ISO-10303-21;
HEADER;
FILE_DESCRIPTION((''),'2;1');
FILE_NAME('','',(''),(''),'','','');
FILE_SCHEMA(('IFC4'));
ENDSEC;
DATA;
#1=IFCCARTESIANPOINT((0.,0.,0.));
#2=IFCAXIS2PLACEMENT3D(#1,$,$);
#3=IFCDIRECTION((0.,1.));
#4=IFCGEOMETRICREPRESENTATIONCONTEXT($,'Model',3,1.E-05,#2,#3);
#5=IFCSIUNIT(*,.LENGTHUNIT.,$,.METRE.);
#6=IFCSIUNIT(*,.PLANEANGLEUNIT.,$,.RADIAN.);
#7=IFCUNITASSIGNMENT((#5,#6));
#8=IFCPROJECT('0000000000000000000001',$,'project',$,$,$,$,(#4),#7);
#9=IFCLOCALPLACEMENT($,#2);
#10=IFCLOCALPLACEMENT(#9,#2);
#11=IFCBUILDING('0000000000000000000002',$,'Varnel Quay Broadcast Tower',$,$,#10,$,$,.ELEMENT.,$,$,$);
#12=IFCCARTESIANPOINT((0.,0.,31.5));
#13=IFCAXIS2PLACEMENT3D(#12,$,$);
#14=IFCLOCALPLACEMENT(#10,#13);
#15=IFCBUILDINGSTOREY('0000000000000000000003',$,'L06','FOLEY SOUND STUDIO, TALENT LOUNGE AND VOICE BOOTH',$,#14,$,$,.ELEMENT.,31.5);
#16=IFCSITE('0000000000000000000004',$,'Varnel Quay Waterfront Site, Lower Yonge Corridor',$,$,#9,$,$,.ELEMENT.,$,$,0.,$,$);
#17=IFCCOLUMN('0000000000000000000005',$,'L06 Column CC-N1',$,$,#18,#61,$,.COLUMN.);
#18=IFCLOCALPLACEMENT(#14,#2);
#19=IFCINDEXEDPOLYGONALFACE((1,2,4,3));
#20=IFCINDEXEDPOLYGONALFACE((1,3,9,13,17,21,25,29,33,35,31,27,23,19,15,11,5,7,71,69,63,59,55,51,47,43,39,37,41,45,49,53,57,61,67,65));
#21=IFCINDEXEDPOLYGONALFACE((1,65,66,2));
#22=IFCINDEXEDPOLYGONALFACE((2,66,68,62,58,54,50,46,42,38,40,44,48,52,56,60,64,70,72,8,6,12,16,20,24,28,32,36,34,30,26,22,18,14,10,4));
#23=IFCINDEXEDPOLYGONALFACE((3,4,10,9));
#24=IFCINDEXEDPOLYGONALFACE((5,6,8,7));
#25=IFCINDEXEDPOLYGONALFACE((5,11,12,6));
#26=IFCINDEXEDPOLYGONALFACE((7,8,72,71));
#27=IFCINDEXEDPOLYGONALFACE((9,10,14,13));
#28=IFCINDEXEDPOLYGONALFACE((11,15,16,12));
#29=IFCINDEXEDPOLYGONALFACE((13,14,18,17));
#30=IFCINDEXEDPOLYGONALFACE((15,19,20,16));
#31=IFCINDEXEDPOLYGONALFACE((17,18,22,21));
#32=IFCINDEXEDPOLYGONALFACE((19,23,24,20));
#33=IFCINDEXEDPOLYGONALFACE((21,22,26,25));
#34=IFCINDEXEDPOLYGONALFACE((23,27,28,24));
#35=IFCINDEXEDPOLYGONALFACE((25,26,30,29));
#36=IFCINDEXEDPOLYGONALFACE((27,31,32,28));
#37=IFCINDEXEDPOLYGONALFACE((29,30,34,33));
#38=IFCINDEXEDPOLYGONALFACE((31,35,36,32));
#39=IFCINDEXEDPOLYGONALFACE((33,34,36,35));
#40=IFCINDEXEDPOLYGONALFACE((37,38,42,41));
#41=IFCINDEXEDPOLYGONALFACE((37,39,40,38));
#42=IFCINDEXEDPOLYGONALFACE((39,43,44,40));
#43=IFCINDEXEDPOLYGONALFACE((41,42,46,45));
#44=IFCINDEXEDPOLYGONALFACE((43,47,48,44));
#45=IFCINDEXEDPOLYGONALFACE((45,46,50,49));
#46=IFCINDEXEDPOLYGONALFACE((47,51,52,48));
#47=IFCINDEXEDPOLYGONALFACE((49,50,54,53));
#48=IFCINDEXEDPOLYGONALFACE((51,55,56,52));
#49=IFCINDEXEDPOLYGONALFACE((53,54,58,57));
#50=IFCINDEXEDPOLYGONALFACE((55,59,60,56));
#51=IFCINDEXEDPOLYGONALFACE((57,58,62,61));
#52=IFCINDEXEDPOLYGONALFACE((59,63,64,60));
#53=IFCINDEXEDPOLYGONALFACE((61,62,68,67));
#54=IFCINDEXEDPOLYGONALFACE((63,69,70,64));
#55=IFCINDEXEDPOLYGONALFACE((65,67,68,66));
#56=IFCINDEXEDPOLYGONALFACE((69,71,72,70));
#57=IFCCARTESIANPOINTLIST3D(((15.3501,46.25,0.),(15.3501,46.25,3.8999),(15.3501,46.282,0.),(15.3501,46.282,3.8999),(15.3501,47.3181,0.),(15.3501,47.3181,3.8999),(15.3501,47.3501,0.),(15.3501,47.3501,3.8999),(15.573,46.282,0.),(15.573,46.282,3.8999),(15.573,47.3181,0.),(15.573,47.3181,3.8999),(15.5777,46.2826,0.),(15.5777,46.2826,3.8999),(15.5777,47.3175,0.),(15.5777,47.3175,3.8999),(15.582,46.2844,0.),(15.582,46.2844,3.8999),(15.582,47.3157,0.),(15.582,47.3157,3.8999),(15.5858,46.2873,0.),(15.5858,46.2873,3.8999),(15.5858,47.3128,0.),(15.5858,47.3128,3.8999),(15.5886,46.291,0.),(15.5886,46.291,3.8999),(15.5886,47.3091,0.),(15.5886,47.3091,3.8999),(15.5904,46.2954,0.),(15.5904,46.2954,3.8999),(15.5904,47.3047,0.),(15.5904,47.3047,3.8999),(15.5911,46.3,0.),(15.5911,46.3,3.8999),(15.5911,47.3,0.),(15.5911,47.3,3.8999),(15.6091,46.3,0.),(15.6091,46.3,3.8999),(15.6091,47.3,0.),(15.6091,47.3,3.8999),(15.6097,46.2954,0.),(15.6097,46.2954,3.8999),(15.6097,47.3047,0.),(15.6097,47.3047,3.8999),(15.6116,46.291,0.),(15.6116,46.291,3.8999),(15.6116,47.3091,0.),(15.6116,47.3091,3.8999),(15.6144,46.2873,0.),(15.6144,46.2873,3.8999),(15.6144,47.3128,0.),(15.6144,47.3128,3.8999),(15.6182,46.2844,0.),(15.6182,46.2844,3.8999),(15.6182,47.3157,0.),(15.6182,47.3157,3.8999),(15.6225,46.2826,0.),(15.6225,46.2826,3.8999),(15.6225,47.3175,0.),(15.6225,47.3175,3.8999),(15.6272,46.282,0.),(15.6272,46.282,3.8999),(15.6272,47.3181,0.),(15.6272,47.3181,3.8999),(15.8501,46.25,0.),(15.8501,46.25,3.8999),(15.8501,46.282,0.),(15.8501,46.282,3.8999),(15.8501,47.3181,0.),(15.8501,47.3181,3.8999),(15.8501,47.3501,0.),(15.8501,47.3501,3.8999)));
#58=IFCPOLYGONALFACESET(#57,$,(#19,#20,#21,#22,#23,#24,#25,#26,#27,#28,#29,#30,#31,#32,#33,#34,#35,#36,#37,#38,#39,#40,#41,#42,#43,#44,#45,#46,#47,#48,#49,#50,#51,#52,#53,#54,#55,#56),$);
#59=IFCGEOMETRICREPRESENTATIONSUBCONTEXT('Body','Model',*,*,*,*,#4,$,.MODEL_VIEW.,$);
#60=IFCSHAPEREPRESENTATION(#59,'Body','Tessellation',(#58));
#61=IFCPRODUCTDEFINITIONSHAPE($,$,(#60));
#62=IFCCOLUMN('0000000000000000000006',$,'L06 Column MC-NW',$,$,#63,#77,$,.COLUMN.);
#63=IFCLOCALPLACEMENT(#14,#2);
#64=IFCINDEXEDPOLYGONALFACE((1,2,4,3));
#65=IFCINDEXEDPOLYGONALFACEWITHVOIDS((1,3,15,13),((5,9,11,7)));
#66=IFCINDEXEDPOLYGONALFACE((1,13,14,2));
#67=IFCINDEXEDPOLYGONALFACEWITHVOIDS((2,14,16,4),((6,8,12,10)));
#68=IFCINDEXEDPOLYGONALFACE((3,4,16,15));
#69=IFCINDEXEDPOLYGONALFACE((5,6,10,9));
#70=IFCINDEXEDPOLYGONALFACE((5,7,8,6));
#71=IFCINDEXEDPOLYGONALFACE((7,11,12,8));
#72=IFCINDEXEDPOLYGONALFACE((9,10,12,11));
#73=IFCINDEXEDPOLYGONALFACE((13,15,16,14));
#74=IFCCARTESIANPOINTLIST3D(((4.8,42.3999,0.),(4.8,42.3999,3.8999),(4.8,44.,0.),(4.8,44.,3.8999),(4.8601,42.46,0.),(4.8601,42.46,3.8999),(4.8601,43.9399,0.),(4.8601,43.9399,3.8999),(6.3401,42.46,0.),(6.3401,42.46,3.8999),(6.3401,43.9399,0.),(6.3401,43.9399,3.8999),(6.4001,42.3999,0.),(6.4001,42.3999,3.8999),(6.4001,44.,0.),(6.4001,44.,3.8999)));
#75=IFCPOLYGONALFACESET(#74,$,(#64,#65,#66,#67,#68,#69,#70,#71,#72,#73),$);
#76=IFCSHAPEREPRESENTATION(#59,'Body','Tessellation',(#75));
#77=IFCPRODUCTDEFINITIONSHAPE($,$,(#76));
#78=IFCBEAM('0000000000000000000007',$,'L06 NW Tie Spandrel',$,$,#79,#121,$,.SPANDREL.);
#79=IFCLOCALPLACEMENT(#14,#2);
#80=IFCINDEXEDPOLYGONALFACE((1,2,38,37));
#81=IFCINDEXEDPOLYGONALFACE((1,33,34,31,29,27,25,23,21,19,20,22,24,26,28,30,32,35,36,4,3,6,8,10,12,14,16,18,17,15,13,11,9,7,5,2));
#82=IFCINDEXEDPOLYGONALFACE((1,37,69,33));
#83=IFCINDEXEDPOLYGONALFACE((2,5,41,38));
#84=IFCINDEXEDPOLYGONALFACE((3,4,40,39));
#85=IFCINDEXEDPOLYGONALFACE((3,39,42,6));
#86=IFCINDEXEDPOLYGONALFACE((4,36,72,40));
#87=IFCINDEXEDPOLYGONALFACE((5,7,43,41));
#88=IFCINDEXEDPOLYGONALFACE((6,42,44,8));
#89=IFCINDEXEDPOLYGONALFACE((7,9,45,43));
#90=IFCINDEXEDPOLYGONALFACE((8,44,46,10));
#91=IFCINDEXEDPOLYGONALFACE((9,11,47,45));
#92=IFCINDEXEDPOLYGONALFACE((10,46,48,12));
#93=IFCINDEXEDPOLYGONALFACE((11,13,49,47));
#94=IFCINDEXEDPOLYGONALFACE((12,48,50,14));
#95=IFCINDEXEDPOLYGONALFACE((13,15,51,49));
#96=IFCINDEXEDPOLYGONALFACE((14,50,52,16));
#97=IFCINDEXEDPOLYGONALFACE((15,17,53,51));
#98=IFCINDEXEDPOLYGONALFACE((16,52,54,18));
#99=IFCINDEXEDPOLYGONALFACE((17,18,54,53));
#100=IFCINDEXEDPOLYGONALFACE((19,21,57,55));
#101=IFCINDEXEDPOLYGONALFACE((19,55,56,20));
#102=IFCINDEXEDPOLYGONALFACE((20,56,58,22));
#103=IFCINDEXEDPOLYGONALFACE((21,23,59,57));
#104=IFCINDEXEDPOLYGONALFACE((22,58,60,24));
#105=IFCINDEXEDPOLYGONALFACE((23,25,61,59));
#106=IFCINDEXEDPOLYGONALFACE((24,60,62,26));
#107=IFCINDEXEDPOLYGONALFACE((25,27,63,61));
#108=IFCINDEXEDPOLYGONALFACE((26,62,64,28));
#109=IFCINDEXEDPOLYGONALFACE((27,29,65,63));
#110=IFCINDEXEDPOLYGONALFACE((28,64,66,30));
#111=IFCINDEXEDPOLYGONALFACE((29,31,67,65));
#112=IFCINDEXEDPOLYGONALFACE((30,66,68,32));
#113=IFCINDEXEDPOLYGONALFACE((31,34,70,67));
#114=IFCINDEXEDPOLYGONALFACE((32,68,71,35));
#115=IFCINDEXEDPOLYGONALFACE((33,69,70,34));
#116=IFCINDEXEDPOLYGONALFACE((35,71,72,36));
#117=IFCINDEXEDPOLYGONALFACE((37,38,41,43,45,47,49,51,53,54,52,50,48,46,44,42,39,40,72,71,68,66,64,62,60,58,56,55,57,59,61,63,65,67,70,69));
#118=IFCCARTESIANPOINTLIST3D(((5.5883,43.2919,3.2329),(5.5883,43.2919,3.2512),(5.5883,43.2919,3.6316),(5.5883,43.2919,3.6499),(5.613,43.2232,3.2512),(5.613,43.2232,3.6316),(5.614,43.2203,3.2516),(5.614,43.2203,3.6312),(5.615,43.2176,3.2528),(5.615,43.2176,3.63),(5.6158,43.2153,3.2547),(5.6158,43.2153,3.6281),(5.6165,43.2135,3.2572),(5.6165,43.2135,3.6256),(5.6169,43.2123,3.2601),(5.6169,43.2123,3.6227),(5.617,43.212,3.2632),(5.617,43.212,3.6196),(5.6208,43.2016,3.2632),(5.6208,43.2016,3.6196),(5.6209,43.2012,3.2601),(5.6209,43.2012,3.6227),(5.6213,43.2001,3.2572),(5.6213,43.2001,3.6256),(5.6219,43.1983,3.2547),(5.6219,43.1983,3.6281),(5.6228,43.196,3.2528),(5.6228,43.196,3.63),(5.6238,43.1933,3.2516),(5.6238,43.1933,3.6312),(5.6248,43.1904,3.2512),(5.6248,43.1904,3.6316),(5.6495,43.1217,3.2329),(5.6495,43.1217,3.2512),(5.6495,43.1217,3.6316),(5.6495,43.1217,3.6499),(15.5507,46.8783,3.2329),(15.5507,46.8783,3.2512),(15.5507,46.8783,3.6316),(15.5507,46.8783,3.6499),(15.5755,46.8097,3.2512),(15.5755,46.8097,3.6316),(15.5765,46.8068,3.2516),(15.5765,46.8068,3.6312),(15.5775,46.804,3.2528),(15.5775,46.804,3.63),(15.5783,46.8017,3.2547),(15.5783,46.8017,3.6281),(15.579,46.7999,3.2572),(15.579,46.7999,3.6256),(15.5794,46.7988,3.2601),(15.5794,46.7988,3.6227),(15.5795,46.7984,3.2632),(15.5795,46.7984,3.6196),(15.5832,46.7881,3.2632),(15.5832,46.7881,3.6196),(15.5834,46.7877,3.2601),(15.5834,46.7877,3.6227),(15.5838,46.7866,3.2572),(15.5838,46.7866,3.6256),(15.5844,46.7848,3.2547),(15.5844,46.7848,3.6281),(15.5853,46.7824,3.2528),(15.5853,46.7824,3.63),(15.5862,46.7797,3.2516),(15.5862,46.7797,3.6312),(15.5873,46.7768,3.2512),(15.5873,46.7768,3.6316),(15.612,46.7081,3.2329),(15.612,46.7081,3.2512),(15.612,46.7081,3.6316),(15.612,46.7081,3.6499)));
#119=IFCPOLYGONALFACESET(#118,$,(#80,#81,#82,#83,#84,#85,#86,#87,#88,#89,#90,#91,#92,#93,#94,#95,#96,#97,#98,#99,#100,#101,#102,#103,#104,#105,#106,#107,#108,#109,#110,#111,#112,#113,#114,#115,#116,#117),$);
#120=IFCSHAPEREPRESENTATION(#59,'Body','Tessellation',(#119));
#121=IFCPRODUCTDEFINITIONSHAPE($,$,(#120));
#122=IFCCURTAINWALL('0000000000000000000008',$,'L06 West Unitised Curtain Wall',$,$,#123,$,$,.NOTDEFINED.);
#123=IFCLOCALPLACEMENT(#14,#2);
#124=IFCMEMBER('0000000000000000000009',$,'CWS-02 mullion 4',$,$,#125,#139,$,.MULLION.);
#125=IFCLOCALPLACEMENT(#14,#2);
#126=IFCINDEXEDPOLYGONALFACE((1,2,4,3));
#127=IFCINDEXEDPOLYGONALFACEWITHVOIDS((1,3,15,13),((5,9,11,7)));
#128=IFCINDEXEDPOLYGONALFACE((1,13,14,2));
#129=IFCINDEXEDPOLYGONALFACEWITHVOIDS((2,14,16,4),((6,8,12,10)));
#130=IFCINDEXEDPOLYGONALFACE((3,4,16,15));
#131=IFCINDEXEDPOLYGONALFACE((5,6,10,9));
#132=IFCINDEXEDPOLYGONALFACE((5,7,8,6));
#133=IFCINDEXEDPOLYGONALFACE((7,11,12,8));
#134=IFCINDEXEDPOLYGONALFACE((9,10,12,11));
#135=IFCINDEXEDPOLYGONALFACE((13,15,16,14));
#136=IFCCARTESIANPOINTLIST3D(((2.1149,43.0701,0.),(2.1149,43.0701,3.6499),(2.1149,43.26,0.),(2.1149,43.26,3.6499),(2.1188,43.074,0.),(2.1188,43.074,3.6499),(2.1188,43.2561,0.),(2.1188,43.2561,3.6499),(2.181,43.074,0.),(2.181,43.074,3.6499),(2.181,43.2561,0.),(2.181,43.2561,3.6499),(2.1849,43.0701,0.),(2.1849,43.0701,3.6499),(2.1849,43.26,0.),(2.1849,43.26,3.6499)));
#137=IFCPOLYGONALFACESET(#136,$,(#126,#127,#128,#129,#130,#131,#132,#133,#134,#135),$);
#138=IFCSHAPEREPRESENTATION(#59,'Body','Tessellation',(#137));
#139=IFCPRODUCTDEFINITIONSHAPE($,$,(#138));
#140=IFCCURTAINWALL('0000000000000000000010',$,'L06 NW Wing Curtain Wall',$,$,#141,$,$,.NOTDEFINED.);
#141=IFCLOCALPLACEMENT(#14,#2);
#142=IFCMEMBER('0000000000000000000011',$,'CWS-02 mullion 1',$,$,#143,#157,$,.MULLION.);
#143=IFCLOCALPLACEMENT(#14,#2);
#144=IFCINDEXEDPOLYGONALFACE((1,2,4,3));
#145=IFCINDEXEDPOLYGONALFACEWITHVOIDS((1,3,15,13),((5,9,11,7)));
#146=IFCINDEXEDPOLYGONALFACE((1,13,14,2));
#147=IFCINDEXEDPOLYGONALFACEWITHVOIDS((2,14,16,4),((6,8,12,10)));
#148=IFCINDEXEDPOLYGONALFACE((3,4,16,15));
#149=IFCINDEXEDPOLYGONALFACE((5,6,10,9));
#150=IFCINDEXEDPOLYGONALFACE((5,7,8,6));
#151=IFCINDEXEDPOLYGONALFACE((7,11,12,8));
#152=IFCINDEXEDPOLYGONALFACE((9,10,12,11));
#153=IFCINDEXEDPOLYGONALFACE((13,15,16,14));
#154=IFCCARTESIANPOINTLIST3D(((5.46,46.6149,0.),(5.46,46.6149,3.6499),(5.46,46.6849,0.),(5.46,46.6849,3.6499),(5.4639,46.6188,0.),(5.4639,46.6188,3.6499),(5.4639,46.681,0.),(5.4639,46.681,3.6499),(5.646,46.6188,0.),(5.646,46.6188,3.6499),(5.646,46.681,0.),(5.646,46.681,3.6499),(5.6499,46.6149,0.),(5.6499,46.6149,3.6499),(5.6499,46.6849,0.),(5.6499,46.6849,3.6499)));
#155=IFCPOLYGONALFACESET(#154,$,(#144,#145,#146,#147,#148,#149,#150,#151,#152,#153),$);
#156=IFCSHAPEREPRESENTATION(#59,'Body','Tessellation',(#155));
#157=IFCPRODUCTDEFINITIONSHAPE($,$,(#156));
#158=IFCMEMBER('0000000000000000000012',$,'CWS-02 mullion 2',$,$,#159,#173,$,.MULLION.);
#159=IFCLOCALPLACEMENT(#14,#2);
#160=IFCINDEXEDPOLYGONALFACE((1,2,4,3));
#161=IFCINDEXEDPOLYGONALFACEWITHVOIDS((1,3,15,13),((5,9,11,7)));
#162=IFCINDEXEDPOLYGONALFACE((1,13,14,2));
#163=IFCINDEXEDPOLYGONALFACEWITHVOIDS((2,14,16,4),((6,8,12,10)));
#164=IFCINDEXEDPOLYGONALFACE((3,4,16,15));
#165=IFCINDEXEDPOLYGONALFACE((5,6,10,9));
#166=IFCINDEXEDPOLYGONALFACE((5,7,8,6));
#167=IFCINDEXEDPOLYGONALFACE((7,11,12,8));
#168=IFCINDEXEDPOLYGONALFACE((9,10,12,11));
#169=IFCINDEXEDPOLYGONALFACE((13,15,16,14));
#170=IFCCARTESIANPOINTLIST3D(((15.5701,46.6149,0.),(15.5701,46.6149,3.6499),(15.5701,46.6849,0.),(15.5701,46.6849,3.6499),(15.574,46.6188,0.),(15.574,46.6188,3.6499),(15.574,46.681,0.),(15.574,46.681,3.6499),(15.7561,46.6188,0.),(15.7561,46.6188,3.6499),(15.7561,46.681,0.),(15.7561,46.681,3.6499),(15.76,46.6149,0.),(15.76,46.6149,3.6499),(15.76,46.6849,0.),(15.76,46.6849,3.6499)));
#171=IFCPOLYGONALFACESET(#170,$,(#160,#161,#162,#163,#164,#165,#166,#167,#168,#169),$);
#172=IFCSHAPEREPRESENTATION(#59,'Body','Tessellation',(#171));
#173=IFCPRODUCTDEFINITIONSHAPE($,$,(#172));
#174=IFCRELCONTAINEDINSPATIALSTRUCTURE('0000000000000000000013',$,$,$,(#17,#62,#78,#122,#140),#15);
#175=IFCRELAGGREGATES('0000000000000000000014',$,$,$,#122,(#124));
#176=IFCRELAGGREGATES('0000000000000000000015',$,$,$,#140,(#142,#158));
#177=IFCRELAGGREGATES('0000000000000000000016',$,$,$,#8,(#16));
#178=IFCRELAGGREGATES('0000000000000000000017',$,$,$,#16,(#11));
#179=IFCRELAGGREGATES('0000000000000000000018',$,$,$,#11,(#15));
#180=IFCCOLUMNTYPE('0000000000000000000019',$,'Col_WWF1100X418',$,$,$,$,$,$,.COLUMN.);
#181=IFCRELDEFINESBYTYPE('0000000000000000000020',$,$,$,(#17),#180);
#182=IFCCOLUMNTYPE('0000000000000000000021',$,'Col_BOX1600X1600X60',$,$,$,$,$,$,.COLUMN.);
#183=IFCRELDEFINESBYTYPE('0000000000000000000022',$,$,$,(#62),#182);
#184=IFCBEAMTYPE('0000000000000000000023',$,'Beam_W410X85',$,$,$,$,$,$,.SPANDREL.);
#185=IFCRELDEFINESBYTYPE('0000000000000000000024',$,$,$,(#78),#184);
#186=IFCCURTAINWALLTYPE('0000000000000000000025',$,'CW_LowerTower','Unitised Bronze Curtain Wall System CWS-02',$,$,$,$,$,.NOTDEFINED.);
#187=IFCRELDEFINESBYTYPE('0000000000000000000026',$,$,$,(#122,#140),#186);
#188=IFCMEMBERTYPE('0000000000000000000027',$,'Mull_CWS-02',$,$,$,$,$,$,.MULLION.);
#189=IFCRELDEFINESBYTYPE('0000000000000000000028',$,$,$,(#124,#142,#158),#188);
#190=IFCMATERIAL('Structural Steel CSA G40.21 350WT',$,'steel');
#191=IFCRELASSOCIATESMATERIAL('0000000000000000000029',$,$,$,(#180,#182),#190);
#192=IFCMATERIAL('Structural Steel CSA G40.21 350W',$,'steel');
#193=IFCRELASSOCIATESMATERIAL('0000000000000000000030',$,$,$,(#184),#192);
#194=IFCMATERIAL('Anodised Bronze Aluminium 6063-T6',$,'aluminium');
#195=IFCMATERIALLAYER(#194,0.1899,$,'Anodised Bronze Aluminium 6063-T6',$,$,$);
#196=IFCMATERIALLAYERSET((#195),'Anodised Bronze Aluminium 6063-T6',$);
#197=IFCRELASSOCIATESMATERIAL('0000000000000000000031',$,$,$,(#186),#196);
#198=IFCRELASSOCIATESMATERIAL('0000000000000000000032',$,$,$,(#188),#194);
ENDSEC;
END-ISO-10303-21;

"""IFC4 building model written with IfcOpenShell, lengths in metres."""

from ifc_helpers import new_model, si_unit, direction, frame, origin, origin_2d, place, context, subcontext, project, spatial, hollow_rectangle, i_section, extrude, source, transform, mapped, material, layer, layer_set, material_profile, profile_set, type_object, type_shapes, element, aggregate, save


model = new_model("IFC4")

# Units and contexts
model_context = context("Model", 3, precision=1e-05, world=origin(), true_north=direction((0.0, 1.0)))
body_context = subcontext(model_context, "Body", "Model", "MODEL_VIEW")
ifc_project = project(units=[si_unit("LENGTHUNIT", "METRE"), si_unit("PLANEANGLEUNIT", "RADIAN")], contexts=[model_context])

# Site, building, storey
site_placement = place(None, origin())
site = spatial("IfcSite", under=ifc_project, at=site_placement, Name="Varnel Quay Waterfront Site, Lower Yonge Corridor", CompositionType="ELEMENT", RefElevation=0.0)
building_placement = place(site_placement, origin())
building = spatial("IfcBuilding", under=site, at=building_placement, Name="Varnel Quay Broadcast Tower", CompositionType="ELEMENT")
storey_placement = place(building_placement, frame((0.0, 0.0, 31.5)))
storey = spatial("IfcBuildingStorey", under=building, at=storey_placement, Name="L06", Description="FOLEY SOUND STUDIO, TALENT LOUNGE AND VOICE BOOTH", CompositionType="ELEMENT", Elevation=31.5)

# Columns
ifc_material_1 = material(Name="Structural Steel CSA G40.21 350WT", Category="steel")
ifc_material_profile_1 = material_profile(ifc_material_1, i_section(OverallWidth=0.5, OverallDepth=1.1001, WebThickness=0.0181, FlangeThickness=0.032, FilletRadius=0.0181, at=origin_2d()), Name="WWF1100X418")
ifc_profile_set_1 = profile_set([ifc_material_profile_1], Name="Structural Steel CSA G40.21 350WT")
column_type_1 = type_object("IfcColumnType", Name="Col_WWF1100X418", PredefinedType="COLUMN", material=ifc_profile_set_1)
shared_shape_1 = source(origin(), body_context, "Body", "SweptSolid", [
    extrude(i_section(OverallWidth=0.5, OverallDepth=1.1001, WebThickness=0.0181, FlangeThickness=0.032, FilletRadius=0.0181, at=origin_2d()), origin(), (0.0, 0.0, 1.0), 3.8999),
])
type_shapes(column_type_1, [shared_shape_1])
column_1_placement = place(storey_placement, frame((15.6001, 46.8, 0.0), z_axis=(0.0, 0.0, 1.0), x_axis=(1.0, 0.0, 0.0)))
element("IfcColumn", 1, at=column_1_placement, inside=storey, type_object=column_type_1, Name="L06 Column CC-N1", PredefinedType="COLUMN", context=body_context, shape_type="MappedRepresentation", body=[
    mapped(shared_shape_1, transform((0.0, 0.0, 0.0), x_axis=(1.0, 0.0, 0.0), y_axis=(0.0, 1.0, 0.0), z_axis=(0.0, 0.0, 1.0), scale=1.0)),
])
ifc_material_profile_2 = material_profile(ifc_material_1, hollow_rectangle(XDim=1.6001, YDim=1.6001, WallThickness=0.0601, at=origin_2d()), Name="BOX1600X1600X60")
ifc_profile_set_2 = profile_set([ifc_material_profile_2], Name="Structural Steel CSA G40.21 350WT")
column_type_2 = type_object("IfcColumnType", Name="Col_BOX1600X1600X60", PredefinedType="COLUMN", material=ifc_profile_set_2)
shared_shape_2 = source(origin(), body_context, "Body", "SweptSolid", [
    extrude(hollow_rectangle(XDim=1.6001, YDim=1.6001, WallThickness=0.0601, at=origin_2d()), origin(), (0.0, 0.0, 1.0), 3.8999),
])
type_shapes(column_type_2, [shared_shape_2])
column_2_placement = place(storey_placement, frame((5.6001, 43.2, 0.0), z_axis=(0.0, 0.0, 1.0), x_axis=(1.0, 0.0, 0.0)))
element("IfcColumn", 2, at=column_2_placement, inside=storey, type_object=column_type_2, Name="L06 Column MC-NW", PredefinedType="COLUMN", context=body_context, shape_type="MappedRepresentation", body=[
    mapped(shared_shape_2, transform((0.0, 0.0, 0.0), x_axis=(1.0, 0.0, 0.0), y_axis=(0.0, 1.0, 0.0), z_axis=(0.0, 0.0, 1.0), scale=1.0)),
])

# Beam
ifc_material_2 = material(Name="Structural Steel CSA G40.21 350W", Category="steel")
ifc_material_profile_3 = material_profile(ifc_material_2, i_section(OverallWidth=0.1809, OverallDepth=0.417, WebThickness=0.011, FlangeThickness=0.0183, FilletRadius=0.012, at=origin_2d()), Name="W410X85")
ifc_profile_set_3 = profile_set([ifc_material_profile_3], Name="Structural Steel CSA G40.21 350W")
beam_type = type_object("IfcBeamType", Name="Beam_W410X85", PredefinedType="SPANDREL", material=ifc_profile_set_3)
shared_shape_3 = source(origin(), body_context, "Body", "SweptSolid", [
    extrude(i_section(OverallWidth=0.1809, OverallDepth=0.417, WebThickness=0.011, FlangeThickness=0.0183, FilletRadius=0.012, at=origin_2d()), origin(), (0.0, 0.0, 1.0), 10.5884),
])
type_shapes(beam_type, [shared_shape_3])
beam_placement = place(storey_placement, frame((5.6189, 43.2068, 3.4414), z_axis=(0.940889, 0.338716, 0.0), x_axis=(-0.338716, 0.940889, 0.0)))
element("IfcBeam", 3, at=beam_placement, inside=storey, type_object=beam_type, Name="L06 NW Tie Spandrel", PredefinedType="SPANDREL", context=body_context, shape_type="MappedRepresentation", body=[
    mapped(shared_shape_3, transform((0.0, 0.0, 0.0), x_axis=(1.0, 0.0, 0.0), y_axis=(0.0, 1.0, 0.0), z_axis=(0.0, 0.0, 1.0), scale=1.0)),
])

# Curtain wall, member
ifc_material_3 = material(Name="Anodised Bronze Aluminium 6063-T6", Category="aluminium")
ifc_layer_1 = layer(ifc_material_3, 0.1899, Name="Anodised Bronze Aluminium 6063-T6")
ifc_layer_set_1 = layer_set([ifc_layer_1], Name="Anodised Bronze Aluminium 6063-T6")
curtain_wall_type = type_object("IfcCurtainWallType", Name="CW_LowerTower", Description="Unitised Bronze Curtain Wall System CWS-02", PredefinedType="NOTDEFINED", material=ifc_layer_set_1)
curtain_wall_1_placement = place(storey_placement, origin())
curtain_wall_1 = element("IfcCurtainWall", 4, at=curtain_wall_1_placement, inside=storey, type_object=curtain_wall_type, Name="L06 West Unitised Curtain Wall", PredefinedType="NOTDEFINED")
ifc_material_profile_4 = material_profile(ifc_material_3, hollow_rectangle(XDim=0.0701, YDim=0.1899, WallThickness=0.0039, at=origin_2d()), Name="ALU70X190X4")
ifc_profile_set_4 = profile_set([ifc_material_profile_4], Name="Anodised Bronze Aluminium 6063-T6")
member_type_1 = type_object("IfcMemberType", Name="Mull_CWS-02", PredefinedType="MULLION", material=ifc_profile_set_4)
shared_shape_4 = source(origin(), body_context, "Body", "SweptSolid", [
    extrude(hollow_rectangle(XDim=0.0701, YDim=0.1899, WallThickness=0.0039, at=origin_2d()), origin(), (0.0, 0.0, 1.0), 3.6499),
])
type_shapes(member_type_1, [shared_shape_4])
member_1_placement = place(storey_placement, frame((2.1499, 43.165, 0.0), z_axis=(0.0, 0.0, 1.0), x_axis=(-1.0, 0.0, 0.0)))
member_1 = element("IfcMember", 5, at=member_1_placement, type_object=member_type_1, Name="CWS-02 mullion 4", PredefinedType="MULLION", context=body_context, shape_type="MappedRepresentation", body=[
    mapped(shared_shape_4, transform((0.0, 0.0, 0.0), x_axis=(1.0, 0.0, 0.0), y_axis=(0.0, 1.0, 0.0), z_axis=(0.0, 0.0, 1.0), scale=1.0)),
])

# Curtain wall, members
curtain_wall_2_placement = place(storey_placement, origin())
curtain_wall_2 = element("IfcCurtainWall", 6, at=curtain_wall_2_placement, inside=storey, type_object=curtain_wall_type, Name="L06 NW Wing Curtain Wall", PredefinedType="NOTDEFINED")
member_2_placement = place(storey_placement, frame((5.5549, 46.6499, 0.0), z_axis=(0.0, 0.0, 1.0), x_axis=(0.0, 1.0, 0.0)))
member_2 = element("IfcMember", 7, at=member_2_placement, type_object=member_type_1, Name="CWS-02 mullion 1", PredefinedType="MULLION", context=body_context, shape_type="MappedRepresentation", body=[
    mapped(shared_shape_4, transform((0.0, 0.0, 0.0), x_axis=(1.0, 0.0, 0.0), y_axis=(0.0, 1.0, 0.0), z_axis=(0.0, 0.0, 1.0), scale=1.0)),
])
member_3_placement = place(storey_placement, frame((15.665, 46.6499, 0.0), z_axis=(0.0, 0.0, 1.0), x_axis=(0.0, 1.0, 0.0)))
member_3 = element("IfcMember", 8, at=member_3_placement, type_object=member_type_1, Name="CWS-02 mullion 2", PredefinedType="MULLION", context=body_context, shape_type="MappedRepresentation", body=[
    mapped(shared_shape_4, transform((0.0, 0.0, 0.0), x_axis=(1.0, 0.0, 0.0), y_axis=(0.0, 1.0, 0.0), z_axis=(0.0, 0.0, 1.0), scale=1.0)),
])

aggregate(curtain_wall_1, [member_1])
aggregate(curtain_wall_2, [member_2, member_3])

save(model, "model.ifc")
